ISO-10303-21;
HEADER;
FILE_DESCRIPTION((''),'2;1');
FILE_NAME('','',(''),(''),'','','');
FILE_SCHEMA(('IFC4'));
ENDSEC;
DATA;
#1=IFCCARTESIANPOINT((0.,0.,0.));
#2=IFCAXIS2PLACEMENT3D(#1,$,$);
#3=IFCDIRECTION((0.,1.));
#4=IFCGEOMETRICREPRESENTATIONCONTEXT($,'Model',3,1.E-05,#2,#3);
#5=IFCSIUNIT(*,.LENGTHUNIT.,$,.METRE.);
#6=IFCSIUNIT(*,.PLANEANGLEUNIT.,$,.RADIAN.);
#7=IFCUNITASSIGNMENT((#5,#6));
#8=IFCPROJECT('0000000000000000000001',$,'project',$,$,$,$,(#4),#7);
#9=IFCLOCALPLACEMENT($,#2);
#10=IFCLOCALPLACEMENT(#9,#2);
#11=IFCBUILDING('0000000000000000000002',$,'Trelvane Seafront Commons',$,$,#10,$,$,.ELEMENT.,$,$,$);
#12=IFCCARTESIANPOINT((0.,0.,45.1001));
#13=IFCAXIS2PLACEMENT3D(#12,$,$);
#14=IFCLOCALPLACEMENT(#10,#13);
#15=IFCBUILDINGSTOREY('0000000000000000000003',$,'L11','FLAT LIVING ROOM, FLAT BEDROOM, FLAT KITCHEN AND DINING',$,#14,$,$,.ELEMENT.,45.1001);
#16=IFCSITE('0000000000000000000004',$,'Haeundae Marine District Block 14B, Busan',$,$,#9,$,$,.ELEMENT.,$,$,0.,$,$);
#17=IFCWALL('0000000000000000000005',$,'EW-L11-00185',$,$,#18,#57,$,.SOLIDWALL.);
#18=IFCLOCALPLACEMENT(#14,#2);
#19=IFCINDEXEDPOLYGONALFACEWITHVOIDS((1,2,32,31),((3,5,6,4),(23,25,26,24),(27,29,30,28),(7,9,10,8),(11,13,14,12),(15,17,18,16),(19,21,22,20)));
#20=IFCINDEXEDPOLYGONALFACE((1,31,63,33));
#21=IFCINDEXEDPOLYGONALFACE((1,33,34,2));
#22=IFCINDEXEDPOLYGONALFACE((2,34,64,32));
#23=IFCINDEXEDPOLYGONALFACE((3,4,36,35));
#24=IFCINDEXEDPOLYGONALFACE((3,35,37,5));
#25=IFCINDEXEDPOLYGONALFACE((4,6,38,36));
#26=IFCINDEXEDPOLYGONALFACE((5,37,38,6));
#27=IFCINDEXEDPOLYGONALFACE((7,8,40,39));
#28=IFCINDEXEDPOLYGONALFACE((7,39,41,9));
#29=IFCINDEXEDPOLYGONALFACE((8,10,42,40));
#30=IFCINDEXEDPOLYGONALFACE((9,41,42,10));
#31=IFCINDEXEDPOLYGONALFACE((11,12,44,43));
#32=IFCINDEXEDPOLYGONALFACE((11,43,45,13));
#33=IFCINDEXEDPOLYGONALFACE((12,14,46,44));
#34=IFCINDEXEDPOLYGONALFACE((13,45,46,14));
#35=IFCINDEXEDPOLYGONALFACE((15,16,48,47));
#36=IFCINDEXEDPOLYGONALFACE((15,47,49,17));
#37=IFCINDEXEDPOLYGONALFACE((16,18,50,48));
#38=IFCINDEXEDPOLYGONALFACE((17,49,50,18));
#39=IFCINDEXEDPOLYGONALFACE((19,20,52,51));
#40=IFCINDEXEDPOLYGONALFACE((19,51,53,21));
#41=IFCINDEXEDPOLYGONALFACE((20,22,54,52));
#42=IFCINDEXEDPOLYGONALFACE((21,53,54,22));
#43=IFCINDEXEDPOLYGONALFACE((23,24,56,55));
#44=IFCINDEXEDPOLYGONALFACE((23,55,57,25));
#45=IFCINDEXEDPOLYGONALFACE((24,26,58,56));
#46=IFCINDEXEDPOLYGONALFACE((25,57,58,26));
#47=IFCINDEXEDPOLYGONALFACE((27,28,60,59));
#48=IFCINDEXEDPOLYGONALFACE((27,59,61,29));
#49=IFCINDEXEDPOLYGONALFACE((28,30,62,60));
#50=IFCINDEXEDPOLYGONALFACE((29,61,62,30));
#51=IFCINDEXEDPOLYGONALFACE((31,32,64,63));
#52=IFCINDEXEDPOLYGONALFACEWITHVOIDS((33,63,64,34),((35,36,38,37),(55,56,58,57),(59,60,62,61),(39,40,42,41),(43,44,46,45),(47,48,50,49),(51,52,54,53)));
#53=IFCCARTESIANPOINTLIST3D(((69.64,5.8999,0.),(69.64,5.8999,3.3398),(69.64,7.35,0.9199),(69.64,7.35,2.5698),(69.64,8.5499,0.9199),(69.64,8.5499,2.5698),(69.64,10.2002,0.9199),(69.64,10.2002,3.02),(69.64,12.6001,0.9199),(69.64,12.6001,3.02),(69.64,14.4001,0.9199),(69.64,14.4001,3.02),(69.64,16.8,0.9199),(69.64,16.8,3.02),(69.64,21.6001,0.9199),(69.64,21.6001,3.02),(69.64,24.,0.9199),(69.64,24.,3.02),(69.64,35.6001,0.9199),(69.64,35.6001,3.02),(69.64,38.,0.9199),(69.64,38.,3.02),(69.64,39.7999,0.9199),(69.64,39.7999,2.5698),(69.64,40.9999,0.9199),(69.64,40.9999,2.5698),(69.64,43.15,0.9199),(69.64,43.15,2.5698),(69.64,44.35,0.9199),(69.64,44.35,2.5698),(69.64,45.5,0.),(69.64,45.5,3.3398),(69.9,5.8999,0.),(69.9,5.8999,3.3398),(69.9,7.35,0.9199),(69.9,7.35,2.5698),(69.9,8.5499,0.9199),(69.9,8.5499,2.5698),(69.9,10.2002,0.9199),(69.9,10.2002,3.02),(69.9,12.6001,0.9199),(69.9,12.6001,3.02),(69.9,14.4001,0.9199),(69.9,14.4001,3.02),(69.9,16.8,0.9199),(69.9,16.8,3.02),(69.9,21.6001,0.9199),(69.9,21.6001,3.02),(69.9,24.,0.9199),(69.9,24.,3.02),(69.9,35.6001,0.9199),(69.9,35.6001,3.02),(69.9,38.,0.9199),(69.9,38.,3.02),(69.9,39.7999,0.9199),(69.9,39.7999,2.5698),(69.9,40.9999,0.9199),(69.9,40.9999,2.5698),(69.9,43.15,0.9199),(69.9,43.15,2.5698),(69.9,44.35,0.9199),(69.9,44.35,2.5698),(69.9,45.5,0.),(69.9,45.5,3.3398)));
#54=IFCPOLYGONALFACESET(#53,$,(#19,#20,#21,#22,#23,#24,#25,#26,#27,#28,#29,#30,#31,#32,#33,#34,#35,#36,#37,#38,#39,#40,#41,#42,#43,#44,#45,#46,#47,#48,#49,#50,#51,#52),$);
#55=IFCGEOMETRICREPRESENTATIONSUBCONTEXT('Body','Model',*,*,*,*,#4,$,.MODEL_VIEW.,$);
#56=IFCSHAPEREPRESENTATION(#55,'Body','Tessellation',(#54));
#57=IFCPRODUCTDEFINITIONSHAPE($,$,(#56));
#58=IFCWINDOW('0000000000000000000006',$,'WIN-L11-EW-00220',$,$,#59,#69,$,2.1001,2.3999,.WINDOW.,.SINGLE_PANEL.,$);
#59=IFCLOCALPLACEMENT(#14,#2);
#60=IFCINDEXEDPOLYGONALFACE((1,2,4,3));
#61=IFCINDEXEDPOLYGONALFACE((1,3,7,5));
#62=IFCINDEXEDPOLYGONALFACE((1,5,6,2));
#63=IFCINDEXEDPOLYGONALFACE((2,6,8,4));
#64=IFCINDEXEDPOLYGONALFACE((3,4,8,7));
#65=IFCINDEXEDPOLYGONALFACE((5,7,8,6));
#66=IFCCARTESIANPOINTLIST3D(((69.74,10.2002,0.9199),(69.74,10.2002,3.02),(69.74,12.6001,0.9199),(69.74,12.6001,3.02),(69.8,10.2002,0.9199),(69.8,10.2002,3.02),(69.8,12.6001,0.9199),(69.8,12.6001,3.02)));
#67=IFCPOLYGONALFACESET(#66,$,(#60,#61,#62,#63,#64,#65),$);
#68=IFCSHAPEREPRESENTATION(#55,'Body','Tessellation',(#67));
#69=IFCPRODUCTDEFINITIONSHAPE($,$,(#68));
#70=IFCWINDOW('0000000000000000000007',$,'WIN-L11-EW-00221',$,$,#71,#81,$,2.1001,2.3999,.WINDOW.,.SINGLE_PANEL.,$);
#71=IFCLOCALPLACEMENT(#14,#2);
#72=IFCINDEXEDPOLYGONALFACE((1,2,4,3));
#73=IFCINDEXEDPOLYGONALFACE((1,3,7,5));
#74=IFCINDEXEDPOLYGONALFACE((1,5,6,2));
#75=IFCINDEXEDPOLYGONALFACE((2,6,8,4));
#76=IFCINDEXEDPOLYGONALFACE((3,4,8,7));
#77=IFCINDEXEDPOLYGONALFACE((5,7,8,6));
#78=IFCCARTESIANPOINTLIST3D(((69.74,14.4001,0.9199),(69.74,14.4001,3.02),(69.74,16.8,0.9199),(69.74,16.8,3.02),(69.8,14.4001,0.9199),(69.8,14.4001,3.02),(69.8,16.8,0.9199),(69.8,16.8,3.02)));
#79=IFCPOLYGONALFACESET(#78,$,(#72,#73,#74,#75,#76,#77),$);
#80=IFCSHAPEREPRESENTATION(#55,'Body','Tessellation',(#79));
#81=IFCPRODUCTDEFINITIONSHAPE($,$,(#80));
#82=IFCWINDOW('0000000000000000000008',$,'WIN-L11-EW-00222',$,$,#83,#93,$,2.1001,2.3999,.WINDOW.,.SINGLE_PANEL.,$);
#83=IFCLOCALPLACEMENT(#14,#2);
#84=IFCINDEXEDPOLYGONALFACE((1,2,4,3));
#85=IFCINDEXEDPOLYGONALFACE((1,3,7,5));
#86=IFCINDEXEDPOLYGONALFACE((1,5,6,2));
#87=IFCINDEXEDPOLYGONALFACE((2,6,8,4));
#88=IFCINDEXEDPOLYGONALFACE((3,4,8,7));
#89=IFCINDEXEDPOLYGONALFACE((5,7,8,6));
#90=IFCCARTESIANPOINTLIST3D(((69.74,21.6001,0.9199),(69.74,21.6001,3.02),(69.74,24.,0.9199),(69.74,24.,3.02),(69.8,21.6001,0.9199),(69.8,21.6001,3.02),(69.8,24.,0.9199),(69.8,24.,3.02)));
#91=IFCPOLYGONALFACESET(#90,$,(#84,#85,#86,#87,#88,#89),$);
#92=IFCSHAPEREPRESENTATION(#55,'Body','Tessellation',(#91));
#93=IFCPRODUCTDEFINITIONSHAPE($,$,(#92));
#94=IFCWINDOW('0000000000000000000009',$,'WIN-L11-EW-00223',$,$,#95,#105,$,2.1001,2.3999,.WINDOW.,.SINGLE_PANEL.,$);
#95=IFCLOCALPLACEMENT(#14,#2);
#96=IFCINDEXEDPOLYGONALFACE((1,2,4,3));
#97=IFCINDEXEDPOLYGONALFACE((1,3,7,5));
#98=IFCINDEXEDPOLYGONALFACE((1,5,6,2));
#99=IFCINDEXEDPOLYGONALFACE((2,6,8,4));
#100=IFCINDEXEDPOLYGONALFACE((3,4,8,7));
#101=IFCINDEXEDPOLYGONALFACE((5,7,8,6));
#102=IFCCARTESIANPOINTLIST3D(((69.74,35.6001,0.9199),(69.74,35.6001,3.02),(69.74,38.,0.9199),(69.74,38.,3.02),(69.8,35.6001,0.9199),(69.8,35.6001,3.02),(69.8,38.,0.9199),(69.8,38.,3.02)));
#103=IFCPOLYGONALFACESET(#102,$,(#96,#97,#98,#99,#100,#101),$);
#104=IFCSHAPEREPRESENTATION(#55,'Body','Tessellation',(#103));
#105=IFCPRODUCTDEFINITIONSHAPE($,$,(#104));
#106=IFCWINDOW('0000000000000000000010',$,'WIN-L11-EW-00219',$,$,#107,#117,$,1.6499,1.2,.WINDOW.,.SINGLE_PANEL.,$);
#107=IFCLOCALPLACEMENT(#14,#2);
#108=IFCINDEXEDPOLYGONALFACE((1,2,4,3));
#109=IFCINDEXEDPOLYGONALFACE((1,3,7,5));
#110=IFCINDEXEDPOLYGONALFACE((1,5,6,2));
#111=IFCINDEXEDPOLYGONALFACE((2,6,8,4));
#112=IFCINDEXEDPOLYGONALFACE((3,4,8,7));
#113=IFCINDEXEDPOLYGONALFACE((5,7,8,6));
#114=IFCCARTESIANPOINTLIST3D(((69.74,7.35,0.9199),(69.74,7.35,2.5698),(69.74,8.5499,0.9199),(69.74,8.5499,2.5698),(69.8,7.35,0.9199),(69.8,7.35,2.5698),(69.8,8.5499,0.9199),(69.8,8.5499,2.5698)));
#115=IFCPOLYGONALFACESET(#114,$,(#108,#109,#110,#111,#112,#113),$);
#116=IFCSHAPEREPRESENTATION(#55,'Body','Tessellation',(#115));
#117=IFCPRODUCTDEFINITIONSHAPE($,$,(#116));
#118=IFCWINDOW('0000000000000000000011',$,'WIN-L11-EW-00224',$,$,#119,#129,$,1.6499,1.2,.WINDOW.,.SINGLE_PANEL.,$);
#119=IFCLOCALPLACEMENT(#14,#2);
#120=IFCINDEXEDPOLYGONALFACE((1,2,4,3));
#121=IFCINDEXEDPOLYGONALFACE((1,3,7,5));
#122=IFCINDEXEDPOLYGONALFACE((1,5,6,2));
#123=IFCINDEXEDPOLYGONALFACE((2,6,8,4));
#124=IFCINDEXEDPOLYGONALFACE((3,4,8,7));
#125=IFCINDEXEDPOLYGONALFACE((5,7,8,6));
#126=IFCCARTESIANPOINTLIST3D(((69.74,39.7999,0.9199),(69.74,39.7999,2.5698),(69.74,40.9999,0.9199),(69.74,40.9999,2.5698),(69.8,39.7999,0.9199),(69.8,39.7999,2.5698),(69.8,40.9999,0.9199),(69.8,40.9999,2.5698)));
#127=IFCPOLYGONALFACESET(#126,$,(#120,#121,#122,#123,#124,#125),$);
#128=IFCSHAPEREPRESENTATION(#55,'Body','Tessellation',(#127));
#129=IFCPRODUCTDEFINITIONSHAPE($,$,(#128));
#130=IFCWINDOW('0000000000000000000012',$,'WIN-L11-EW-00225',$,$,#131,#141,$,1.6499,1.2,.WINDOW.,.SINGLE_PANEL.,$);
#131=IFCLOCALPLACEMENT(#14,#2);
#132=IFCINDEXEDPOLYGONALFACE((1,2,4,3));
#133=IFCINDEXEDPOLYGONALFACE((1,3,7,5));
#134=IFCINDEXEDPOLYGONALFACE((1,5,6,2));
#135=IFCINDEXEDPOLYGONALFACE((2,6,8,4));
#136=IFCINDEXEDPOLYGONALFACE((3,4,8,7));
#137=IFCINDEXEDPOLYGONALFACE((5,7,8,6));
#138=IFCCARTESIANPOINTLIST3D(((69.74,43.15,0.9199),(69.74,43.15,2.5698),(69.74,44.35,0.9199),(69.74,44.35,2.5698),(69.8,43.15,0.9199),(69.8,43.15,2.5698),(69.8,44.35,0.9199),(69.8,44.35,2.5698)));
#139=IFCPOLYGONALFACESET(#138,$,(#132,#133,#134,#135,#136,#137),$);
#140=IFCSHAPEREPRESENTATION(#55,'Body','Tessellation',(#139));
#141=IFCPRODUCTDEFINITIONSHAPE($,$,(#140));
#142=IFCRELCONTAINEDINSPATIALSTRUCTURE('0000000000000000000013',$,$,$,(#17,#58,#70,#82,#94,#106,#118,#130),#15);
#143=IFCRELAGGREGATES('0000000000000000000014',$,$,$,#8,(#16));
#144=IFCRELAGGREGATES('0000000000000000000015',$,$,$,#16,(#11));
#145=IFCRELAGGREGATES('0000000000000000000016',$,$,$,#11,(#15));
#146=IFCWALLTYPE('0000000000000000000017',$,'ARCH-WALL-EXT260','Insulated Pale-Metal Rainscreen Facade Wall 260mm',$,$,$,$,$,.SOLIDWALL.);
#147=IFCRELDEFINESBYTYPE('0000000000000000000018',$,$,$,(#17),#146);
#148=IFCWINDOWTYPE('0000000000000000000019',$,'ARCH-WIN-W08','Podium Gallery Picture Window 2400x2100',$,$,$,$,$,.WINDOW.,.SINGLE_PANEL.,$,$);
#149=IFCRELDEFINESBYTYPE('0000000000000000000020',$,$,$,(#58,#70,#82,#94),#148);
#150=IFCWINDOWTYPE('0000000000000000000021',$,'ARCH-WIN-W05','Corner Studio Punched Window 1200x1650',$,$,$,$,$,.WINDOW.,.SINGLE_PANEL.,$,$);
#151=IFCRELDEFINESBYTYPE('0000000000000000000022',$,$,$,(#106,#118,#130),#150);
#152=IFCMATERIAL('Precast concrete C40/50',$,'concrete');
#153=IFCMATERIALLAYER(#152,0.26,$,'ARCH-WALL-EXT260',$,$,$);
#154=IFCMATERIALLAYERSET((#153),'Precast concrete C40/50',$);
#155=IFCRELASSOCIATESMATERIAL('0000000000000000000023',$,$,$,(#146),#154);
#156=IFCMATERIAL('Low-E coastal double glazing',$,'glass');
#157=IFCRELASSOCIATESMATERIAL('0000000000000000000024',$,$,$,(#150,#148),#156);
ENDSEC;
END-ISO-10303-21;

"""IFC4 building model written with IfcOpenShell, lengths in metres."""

from ifc_helpers import new_model, si_unit, direction, frame, frame_2d, origin, place, context, subcontext, project, spatial, rectangle, extrude, source, transform, mapped, material, layer, layer_set, type_object, element, fill, save


model = new_model("IFC4")

# Units and contexts
model_context = context("Model", 3, precision=1e-05, world=origin(), true_north=direction((0.0, 1.0)))
body_context = subcontext(model_context, "Body", "Model", "MODEL_VIEW")
ifc_project = project(units=[si_unit("LENGTHUNIT", "METRE"), si_unit("PLANEANGLEUNIT", "RADIAN")], contexts=[model_context])

# Site, building, storey
site_placement = place(None, origin())
site = spatial("IfcSite", under=ifc_project, at=site_placement, Name="Haeundae Marine District Block 14B, Busan", CompositionType="ELEMENT", RefElevation=0.0)
building_placement = place(site_placement, origin())
building = spatial("IfcBuilding", under=site, at=building_placement, Name="Trelvane Seafront Commons", CompositionType="ELEMENT")
storey_placement = place(building_placement, frame((0.0, 0.0, 45.1001)))
storey = spatial("IfcBuildingStorey", under=building, at=storey_placement, Name="L11", Description="FLAT LIVING ROOM, FLAT BEDROOM, FLAT KITCHEN AND DINING", CompositionType="ELEMENT", Elevation=45.1001)

# Shared definitions
ifc_material_1 = material(Name="Low-E coastal double glazing", Category="glass")

# Shared definitions
ifc_material_2 = material(Name="Precast concrete C40/50", Category="concrete")
ifc_layer_1 = layer(ifc_material_2, 0.26, Name="ARCH-WALL-EXT260")
ifc_layer_set_1 = layer_set([ifc_layer_1], Name="Precast concrete C40/50")
wall_type = type_object("IfcWallType", Name="ARCH-WALL-EXT260", Description="Insulated Pale-Metal Rainscreen Facade Wall 260mm", PredefinedType="SOLIDWALL", material=ifc_layer_set_1)
window_type_1 = type_object("IfcWindowType", Name="ARCH-WIN-W05", Description="Corner Studio Punched Window 1200x1650", PartitioningType="SINGLE_PANEL", PredefinedType="WINDOW", material=ifc_material_1)
shared_shape_1 = source(origin(), body_context, "Body", "SweptSolid", [
    extrude(rectangle(XDim=1.2, YDim=1.6499, at=frame_2d((0.6001, 0.825))), frame((0.0, 0.03, 0.0), z_axis=(0.0, -1.0, 0.0), x_axis=(1.0, 0.0, 0.0)), (0.0, 0.0, 1.0), 0.0601),
])

# Wall, openings, windows
wall_1_placement = place(storey_placement, frame((69.77, 45.5, 0.0), z_axis=(0.0, 0.0, 1.0), x_axis=(0.0, -1.0, 0.0)))
wall_1 = element("IfcWall", 1, at=wall_1_placement, inside=storey, type_object=wall_type, Name="EW-L11-00185", PredefinedType="SOLIDWALL", context=body_context, shape_type="SweptSolid", body=[
    extrude(rectangle(XDim=39.6001, YDim=0.26, at=frame_2d((19.8, 0.0))), origin(), (0.0, 0.0, 1.0), 3.3398),
])
opening_1_placement = place(wall_1_placement, frame((36.95, 0.0, 0.9199)))
opening_1 = element("IfcOpeningElement", 2, at=opening_1_placement, cuts=wall_1, PredefinedType="OPENING", context=body_context, shape_type="SweptSolid", body=[
    extrude(rectangle(XDim=1.2, YDim=1.6499, at=frame_2d((0.6001, 0.825))), frame((0.0, 0.1399, 0.0), z_axis=(0.0, -1.0, 0.0), x_axis=(1.0, 0.0, 0.0)), (0.0, 0.0, 1.0), 0.28),
])
opening_2_placement = place(wall_1_placement, frame((32.8999, 0.0, 0.9199)))
opening_2 = element("IfcOpeningElement", 3, at=opening_2_placement, cuts=wall_1, PredefinedType="OPENING", context=body_context, shape_type="SweptSolid", body=[
    extrude(rectangle(XDim=2.3999, YDim=2.1001, at=frame_2d((1.2, 1.05))), frame((0.0, 0.1399, 0.0), z_axis=(0.0, -1.0, 0.0), x_axis=(1.0, 0.0, 0.0)), (0.0, 0.0, 1.0), 0.28),
])
opening_3_placement = place(wall_1_placement, frame((28.7, 0.0, 0.9199)))
opening_3 = element("IfcOpeningElement", 4, at=opening_3_placement, cuts=wall_1, PredefinedType="OPENING", context=body_context, shape_type="SweptSolid", body=[
    extrude(rectangle(XDim=2.3999, YDim=2.1001, at=frame_2d((1.2, 1.05))), frame((0.0, 0.1399, 0.0), z_axis=(0.0, -1.0, 0.0), x_axis=(1.0, 0.0, 0.0)), (0.0, 0.0, 1.0), 0.28),
])
opening_4_placement = place(wall_1_placement, frame((21.5, 0.0, 0.9199)))
opening_4 = element("IfcOpeningElement", 5, at=opening_4_placement, cuts=wall_1, PredefinedType="OPENING", context=body_context, shape_type="SweptSolid", body=[
    extrude(rectangle(XDim=2.3999, YDim=2.1001, at=frame_2d((1.2, 1.05))), frame((0.0, 0.1399, 0.0), z_axis=(0.0, -1.0, 0.0), x_axis=(1.0, 0.0, 0.0)), (0.0, 0.0, 1.0), 0.28),
])
opening_5_placement = place(wall_1_placement, frame((7.5, 0.0, 0.9199)))
opening_5 = element("IfcOpeningElement", 6, at=opening_5_placement, cuts=wall_1, PredefinedType="OPENING", context=body_context, shape_type="SweptSolid", body=[
    extrude(rectangle(XDim=2.3999, YDim=2.1001, at=frame_2d((1.2, 1.05))), frame((0.0, 0.1399, 0.0), z_axis=(0.0, -1.0, 0.0), x_axis=(1.0, 0.0, 0.0)), (0.0, 0.0, 1.0), 0.28),
])
opening_6_placement = place(wall_1_placement, frame((4.5, 0.0, 0.9199)))
opening_6 = element("IfcOpeningElement", 7, at=opening_6_placement, cuts=wall_1, PredefinedType="OPENING", context=body_context, shape_type="SweptSolid", body=[
    extrude(rectangle(XDim=1.2, YDim=1.6499, at=frame_2d((0.6001, 0.825))), frame((0.0, 0.1399, 0.0), z_axis=(0.0, -1.0, 0.0), x_axis=(1.0, 0.0, 0.0)), (0.0, 0.0, 1.0), 0.28),
])
opening_7_placement = place(wall_1_placement, frame((1.1499, 0.0, 0.9199)))
opening_7 = element("IfcOpeningElement", 8, at=opening_7_placement, cuts=wall_1, PredefinedType="OPENING", context=body_context, shape_type="SweptSolid", body=[
    extrude(rectangle(XDim=1.2, YDim=1.6499, at=frame_2d((0.6001, 0.825))), frame((0.0, 0.1399, 0.0), z_axis=(0.0, -1.0, 0.0), x_axis=(1.0, 0.0, 0.0)), (0.0, 0.0, 1.0), 0.28),
])
window_type_2 = type_object("IfcWindowType", Name="ARCH-WIN-W08", Description="Podium Gallery Picture Window 2400x2100", PartitioningType="SINGLE_PANEL", PredefinedType="WINDOW", material=ifc_material_1)
shared_shape_2 = source(origin(), body_context, "Body", "SweptSolid", [
    extrude(rectangle(XDim=2.3999, YDim=2.1001, at=frame_2d((1.2, 1.05))), frame((0.0, 0.03, 0.0), z_axis=(0.0, -1.0, 0.0), x_axis=(1.0, 0.0, 0.0)), (0.0, 0.0, 1.0), 0.0601),
])
window_1_placement = place(opening_2_placement, origin())
window_1 = element("IfcWindow", 9, at=window_1_placement, inside=storey, type_object=window_type_2, Name="WIN-L11-EW-00220", OverallHeight=2.1001, OverallWidth=2.3999, PartitioningType="SINGLE_PANEL", PredefinedType="WINDOW", context=body_context, shape_type="MappedRepresentation", body=[
    mapped(shared_shape_2, transform((0.0, 0.0, 0.0), x_axis=(1.0, 0.0, 0.0), y_axis=(0.0, 1.0, 0.0), z_axis=(0.0, 0.0, 1.0), scale=1.0)),
])
fill(opening_2, window_1)
window_2_placement = place(opening_3_placement, origin())
window_2 = element("IfcWindow", 10, at=window_2_placement, inside=storey, type_object=window_type_2, Name="WIN-L11-EW-00221", OverallHeight=2.1001, OverallWidth=2.3999, PartitioningType="SINGLE_PANEL", PredefinedType="WINDOW", context=body_context, shape_type="MappedRepresentation", body=[
    mapped(shared_shape_2, transform((0.0, 0.0, 0.0), x_axis=(1.0, 0.0, 0.0), y_axis=(0.0, 1.0, 0.0), z_axis=(0.0, 0.0, 1.0), scale=1.0)),
])
fill(opening_3, window_2)
window_3_placement = place(opening_4_placement, origin())
window_3 = element("IfcWindow", 11, at=window_3_placement, inside=storey, type_object=window_type_2, Name="WIN-L11-EW-00222", OverallHeight=2.1001, OverallWidth=2.3999, PartitioningType="SINGLE_PANEL", PredefinedType="WINDOW", context=body_context, shape_type="MappedRepresentation", body=[
    mapped(shared_shape_2, transform((0.0, 0.0, 0.0), x_axis=(1.0, 0.0, 0.0), y_axis=(0.0, 1.0, 0.0), z_axis=(0.0, 0.0, 1.0), scale=1.0)),
])
fill(opening_4, window_3)
window_4_placement = place(opening_5_placement, origin())
window_4 = element("IfcWindow", 12, at=window_4_placement, inside=storey, type_object=window_type_2, Name="WIN-L11-EW-00223", OverallHeight=2.1001, OverallWidth=2.3999, PartitioningType="SINGLE_PANEL", PredefinedType="WINDOW", context=body_context, shape_type="MappedRepresentation", body=[
    mapped(shared_shape_2, transform((0.0, 0.0, 0.0), x_axis=(1.0, 0.0, 0.0), y_axis=(0.0, 1.0, 0.0), z_axis=(0.0, 0.0, 1.0), scale=1.0)),
])
fill(opening_5, window_4)
window_5_placement = place(opening_1_placement, origin())
window_5 = element("IfcWindow", 13, at=window_5_placement, inside=storey, type_object=window_type_1, Name="WIN-L11-EW-00219", OverallHeight=1.6499, OverallWidth=1.2, PartitioningType="SINGLE_PANEL", PredefinedType="WINDOW", context=body_context, shape_type="MappedRepresentation", body=[
    mapped(shared_shape_1, transform((0.0, 0.0, 0.0), x_axis=(1.0, 0.0, 0.0), y_axis=(0.0, 1.0, 0.0), z_axis=(0.0, 0.0, 1.0), scale=1.0)),
])
fill(opening_1, window_5)
window_6_placement = place(opening_6_placement, origin())
window_6 = element("IfcWindow", 14, at=window_6_placement, inside=storey, type_object=window_type_1, Name="WIN-L11-EW-00224", OverallHeight=1.6499, OverallWidth=1.2, PartitioningType="SINGLE_PANEL", PredefinedType="WINDOW", context=body_context, shape_type="MappedRepresentation", body=[
    mapped(shared_shape_1, transform((0.0, 0.0, 0.0), x_axis=(1.0, 0.0, 0.0), y_axis=(0.0, 1.0, 0.0), z_axis=(0.0, 0.0, 1.0), scale=1.0)),
])
fill(opening_6, window_6)
window_7_placement = place(opening_7_placement, origin())
window_7 = element("IfcWindow", 15, at=window_7_placement, inside=storey, type_object=window_type_1, Name="WIN-L11-EW-00225", OverallHeight=1.6499, OverallWidth=1.2, PartitioningType="SINGLE_PANEL", PredefinedType="WINDOW", context=body_context, shape_type="MappedRepresentation", body=[
    mapped(shared_shape_1, transform((0.0, 0.0, 0.0), x_axis=(1.0, 0.0, 0.0), y_axis=(0.0, 1.0, 0.0), z_axis=(0.0, 0.0, 1.0), scale=1.0)),
])
fill(opening_7, window_7)

save(model, "model.ifc")
